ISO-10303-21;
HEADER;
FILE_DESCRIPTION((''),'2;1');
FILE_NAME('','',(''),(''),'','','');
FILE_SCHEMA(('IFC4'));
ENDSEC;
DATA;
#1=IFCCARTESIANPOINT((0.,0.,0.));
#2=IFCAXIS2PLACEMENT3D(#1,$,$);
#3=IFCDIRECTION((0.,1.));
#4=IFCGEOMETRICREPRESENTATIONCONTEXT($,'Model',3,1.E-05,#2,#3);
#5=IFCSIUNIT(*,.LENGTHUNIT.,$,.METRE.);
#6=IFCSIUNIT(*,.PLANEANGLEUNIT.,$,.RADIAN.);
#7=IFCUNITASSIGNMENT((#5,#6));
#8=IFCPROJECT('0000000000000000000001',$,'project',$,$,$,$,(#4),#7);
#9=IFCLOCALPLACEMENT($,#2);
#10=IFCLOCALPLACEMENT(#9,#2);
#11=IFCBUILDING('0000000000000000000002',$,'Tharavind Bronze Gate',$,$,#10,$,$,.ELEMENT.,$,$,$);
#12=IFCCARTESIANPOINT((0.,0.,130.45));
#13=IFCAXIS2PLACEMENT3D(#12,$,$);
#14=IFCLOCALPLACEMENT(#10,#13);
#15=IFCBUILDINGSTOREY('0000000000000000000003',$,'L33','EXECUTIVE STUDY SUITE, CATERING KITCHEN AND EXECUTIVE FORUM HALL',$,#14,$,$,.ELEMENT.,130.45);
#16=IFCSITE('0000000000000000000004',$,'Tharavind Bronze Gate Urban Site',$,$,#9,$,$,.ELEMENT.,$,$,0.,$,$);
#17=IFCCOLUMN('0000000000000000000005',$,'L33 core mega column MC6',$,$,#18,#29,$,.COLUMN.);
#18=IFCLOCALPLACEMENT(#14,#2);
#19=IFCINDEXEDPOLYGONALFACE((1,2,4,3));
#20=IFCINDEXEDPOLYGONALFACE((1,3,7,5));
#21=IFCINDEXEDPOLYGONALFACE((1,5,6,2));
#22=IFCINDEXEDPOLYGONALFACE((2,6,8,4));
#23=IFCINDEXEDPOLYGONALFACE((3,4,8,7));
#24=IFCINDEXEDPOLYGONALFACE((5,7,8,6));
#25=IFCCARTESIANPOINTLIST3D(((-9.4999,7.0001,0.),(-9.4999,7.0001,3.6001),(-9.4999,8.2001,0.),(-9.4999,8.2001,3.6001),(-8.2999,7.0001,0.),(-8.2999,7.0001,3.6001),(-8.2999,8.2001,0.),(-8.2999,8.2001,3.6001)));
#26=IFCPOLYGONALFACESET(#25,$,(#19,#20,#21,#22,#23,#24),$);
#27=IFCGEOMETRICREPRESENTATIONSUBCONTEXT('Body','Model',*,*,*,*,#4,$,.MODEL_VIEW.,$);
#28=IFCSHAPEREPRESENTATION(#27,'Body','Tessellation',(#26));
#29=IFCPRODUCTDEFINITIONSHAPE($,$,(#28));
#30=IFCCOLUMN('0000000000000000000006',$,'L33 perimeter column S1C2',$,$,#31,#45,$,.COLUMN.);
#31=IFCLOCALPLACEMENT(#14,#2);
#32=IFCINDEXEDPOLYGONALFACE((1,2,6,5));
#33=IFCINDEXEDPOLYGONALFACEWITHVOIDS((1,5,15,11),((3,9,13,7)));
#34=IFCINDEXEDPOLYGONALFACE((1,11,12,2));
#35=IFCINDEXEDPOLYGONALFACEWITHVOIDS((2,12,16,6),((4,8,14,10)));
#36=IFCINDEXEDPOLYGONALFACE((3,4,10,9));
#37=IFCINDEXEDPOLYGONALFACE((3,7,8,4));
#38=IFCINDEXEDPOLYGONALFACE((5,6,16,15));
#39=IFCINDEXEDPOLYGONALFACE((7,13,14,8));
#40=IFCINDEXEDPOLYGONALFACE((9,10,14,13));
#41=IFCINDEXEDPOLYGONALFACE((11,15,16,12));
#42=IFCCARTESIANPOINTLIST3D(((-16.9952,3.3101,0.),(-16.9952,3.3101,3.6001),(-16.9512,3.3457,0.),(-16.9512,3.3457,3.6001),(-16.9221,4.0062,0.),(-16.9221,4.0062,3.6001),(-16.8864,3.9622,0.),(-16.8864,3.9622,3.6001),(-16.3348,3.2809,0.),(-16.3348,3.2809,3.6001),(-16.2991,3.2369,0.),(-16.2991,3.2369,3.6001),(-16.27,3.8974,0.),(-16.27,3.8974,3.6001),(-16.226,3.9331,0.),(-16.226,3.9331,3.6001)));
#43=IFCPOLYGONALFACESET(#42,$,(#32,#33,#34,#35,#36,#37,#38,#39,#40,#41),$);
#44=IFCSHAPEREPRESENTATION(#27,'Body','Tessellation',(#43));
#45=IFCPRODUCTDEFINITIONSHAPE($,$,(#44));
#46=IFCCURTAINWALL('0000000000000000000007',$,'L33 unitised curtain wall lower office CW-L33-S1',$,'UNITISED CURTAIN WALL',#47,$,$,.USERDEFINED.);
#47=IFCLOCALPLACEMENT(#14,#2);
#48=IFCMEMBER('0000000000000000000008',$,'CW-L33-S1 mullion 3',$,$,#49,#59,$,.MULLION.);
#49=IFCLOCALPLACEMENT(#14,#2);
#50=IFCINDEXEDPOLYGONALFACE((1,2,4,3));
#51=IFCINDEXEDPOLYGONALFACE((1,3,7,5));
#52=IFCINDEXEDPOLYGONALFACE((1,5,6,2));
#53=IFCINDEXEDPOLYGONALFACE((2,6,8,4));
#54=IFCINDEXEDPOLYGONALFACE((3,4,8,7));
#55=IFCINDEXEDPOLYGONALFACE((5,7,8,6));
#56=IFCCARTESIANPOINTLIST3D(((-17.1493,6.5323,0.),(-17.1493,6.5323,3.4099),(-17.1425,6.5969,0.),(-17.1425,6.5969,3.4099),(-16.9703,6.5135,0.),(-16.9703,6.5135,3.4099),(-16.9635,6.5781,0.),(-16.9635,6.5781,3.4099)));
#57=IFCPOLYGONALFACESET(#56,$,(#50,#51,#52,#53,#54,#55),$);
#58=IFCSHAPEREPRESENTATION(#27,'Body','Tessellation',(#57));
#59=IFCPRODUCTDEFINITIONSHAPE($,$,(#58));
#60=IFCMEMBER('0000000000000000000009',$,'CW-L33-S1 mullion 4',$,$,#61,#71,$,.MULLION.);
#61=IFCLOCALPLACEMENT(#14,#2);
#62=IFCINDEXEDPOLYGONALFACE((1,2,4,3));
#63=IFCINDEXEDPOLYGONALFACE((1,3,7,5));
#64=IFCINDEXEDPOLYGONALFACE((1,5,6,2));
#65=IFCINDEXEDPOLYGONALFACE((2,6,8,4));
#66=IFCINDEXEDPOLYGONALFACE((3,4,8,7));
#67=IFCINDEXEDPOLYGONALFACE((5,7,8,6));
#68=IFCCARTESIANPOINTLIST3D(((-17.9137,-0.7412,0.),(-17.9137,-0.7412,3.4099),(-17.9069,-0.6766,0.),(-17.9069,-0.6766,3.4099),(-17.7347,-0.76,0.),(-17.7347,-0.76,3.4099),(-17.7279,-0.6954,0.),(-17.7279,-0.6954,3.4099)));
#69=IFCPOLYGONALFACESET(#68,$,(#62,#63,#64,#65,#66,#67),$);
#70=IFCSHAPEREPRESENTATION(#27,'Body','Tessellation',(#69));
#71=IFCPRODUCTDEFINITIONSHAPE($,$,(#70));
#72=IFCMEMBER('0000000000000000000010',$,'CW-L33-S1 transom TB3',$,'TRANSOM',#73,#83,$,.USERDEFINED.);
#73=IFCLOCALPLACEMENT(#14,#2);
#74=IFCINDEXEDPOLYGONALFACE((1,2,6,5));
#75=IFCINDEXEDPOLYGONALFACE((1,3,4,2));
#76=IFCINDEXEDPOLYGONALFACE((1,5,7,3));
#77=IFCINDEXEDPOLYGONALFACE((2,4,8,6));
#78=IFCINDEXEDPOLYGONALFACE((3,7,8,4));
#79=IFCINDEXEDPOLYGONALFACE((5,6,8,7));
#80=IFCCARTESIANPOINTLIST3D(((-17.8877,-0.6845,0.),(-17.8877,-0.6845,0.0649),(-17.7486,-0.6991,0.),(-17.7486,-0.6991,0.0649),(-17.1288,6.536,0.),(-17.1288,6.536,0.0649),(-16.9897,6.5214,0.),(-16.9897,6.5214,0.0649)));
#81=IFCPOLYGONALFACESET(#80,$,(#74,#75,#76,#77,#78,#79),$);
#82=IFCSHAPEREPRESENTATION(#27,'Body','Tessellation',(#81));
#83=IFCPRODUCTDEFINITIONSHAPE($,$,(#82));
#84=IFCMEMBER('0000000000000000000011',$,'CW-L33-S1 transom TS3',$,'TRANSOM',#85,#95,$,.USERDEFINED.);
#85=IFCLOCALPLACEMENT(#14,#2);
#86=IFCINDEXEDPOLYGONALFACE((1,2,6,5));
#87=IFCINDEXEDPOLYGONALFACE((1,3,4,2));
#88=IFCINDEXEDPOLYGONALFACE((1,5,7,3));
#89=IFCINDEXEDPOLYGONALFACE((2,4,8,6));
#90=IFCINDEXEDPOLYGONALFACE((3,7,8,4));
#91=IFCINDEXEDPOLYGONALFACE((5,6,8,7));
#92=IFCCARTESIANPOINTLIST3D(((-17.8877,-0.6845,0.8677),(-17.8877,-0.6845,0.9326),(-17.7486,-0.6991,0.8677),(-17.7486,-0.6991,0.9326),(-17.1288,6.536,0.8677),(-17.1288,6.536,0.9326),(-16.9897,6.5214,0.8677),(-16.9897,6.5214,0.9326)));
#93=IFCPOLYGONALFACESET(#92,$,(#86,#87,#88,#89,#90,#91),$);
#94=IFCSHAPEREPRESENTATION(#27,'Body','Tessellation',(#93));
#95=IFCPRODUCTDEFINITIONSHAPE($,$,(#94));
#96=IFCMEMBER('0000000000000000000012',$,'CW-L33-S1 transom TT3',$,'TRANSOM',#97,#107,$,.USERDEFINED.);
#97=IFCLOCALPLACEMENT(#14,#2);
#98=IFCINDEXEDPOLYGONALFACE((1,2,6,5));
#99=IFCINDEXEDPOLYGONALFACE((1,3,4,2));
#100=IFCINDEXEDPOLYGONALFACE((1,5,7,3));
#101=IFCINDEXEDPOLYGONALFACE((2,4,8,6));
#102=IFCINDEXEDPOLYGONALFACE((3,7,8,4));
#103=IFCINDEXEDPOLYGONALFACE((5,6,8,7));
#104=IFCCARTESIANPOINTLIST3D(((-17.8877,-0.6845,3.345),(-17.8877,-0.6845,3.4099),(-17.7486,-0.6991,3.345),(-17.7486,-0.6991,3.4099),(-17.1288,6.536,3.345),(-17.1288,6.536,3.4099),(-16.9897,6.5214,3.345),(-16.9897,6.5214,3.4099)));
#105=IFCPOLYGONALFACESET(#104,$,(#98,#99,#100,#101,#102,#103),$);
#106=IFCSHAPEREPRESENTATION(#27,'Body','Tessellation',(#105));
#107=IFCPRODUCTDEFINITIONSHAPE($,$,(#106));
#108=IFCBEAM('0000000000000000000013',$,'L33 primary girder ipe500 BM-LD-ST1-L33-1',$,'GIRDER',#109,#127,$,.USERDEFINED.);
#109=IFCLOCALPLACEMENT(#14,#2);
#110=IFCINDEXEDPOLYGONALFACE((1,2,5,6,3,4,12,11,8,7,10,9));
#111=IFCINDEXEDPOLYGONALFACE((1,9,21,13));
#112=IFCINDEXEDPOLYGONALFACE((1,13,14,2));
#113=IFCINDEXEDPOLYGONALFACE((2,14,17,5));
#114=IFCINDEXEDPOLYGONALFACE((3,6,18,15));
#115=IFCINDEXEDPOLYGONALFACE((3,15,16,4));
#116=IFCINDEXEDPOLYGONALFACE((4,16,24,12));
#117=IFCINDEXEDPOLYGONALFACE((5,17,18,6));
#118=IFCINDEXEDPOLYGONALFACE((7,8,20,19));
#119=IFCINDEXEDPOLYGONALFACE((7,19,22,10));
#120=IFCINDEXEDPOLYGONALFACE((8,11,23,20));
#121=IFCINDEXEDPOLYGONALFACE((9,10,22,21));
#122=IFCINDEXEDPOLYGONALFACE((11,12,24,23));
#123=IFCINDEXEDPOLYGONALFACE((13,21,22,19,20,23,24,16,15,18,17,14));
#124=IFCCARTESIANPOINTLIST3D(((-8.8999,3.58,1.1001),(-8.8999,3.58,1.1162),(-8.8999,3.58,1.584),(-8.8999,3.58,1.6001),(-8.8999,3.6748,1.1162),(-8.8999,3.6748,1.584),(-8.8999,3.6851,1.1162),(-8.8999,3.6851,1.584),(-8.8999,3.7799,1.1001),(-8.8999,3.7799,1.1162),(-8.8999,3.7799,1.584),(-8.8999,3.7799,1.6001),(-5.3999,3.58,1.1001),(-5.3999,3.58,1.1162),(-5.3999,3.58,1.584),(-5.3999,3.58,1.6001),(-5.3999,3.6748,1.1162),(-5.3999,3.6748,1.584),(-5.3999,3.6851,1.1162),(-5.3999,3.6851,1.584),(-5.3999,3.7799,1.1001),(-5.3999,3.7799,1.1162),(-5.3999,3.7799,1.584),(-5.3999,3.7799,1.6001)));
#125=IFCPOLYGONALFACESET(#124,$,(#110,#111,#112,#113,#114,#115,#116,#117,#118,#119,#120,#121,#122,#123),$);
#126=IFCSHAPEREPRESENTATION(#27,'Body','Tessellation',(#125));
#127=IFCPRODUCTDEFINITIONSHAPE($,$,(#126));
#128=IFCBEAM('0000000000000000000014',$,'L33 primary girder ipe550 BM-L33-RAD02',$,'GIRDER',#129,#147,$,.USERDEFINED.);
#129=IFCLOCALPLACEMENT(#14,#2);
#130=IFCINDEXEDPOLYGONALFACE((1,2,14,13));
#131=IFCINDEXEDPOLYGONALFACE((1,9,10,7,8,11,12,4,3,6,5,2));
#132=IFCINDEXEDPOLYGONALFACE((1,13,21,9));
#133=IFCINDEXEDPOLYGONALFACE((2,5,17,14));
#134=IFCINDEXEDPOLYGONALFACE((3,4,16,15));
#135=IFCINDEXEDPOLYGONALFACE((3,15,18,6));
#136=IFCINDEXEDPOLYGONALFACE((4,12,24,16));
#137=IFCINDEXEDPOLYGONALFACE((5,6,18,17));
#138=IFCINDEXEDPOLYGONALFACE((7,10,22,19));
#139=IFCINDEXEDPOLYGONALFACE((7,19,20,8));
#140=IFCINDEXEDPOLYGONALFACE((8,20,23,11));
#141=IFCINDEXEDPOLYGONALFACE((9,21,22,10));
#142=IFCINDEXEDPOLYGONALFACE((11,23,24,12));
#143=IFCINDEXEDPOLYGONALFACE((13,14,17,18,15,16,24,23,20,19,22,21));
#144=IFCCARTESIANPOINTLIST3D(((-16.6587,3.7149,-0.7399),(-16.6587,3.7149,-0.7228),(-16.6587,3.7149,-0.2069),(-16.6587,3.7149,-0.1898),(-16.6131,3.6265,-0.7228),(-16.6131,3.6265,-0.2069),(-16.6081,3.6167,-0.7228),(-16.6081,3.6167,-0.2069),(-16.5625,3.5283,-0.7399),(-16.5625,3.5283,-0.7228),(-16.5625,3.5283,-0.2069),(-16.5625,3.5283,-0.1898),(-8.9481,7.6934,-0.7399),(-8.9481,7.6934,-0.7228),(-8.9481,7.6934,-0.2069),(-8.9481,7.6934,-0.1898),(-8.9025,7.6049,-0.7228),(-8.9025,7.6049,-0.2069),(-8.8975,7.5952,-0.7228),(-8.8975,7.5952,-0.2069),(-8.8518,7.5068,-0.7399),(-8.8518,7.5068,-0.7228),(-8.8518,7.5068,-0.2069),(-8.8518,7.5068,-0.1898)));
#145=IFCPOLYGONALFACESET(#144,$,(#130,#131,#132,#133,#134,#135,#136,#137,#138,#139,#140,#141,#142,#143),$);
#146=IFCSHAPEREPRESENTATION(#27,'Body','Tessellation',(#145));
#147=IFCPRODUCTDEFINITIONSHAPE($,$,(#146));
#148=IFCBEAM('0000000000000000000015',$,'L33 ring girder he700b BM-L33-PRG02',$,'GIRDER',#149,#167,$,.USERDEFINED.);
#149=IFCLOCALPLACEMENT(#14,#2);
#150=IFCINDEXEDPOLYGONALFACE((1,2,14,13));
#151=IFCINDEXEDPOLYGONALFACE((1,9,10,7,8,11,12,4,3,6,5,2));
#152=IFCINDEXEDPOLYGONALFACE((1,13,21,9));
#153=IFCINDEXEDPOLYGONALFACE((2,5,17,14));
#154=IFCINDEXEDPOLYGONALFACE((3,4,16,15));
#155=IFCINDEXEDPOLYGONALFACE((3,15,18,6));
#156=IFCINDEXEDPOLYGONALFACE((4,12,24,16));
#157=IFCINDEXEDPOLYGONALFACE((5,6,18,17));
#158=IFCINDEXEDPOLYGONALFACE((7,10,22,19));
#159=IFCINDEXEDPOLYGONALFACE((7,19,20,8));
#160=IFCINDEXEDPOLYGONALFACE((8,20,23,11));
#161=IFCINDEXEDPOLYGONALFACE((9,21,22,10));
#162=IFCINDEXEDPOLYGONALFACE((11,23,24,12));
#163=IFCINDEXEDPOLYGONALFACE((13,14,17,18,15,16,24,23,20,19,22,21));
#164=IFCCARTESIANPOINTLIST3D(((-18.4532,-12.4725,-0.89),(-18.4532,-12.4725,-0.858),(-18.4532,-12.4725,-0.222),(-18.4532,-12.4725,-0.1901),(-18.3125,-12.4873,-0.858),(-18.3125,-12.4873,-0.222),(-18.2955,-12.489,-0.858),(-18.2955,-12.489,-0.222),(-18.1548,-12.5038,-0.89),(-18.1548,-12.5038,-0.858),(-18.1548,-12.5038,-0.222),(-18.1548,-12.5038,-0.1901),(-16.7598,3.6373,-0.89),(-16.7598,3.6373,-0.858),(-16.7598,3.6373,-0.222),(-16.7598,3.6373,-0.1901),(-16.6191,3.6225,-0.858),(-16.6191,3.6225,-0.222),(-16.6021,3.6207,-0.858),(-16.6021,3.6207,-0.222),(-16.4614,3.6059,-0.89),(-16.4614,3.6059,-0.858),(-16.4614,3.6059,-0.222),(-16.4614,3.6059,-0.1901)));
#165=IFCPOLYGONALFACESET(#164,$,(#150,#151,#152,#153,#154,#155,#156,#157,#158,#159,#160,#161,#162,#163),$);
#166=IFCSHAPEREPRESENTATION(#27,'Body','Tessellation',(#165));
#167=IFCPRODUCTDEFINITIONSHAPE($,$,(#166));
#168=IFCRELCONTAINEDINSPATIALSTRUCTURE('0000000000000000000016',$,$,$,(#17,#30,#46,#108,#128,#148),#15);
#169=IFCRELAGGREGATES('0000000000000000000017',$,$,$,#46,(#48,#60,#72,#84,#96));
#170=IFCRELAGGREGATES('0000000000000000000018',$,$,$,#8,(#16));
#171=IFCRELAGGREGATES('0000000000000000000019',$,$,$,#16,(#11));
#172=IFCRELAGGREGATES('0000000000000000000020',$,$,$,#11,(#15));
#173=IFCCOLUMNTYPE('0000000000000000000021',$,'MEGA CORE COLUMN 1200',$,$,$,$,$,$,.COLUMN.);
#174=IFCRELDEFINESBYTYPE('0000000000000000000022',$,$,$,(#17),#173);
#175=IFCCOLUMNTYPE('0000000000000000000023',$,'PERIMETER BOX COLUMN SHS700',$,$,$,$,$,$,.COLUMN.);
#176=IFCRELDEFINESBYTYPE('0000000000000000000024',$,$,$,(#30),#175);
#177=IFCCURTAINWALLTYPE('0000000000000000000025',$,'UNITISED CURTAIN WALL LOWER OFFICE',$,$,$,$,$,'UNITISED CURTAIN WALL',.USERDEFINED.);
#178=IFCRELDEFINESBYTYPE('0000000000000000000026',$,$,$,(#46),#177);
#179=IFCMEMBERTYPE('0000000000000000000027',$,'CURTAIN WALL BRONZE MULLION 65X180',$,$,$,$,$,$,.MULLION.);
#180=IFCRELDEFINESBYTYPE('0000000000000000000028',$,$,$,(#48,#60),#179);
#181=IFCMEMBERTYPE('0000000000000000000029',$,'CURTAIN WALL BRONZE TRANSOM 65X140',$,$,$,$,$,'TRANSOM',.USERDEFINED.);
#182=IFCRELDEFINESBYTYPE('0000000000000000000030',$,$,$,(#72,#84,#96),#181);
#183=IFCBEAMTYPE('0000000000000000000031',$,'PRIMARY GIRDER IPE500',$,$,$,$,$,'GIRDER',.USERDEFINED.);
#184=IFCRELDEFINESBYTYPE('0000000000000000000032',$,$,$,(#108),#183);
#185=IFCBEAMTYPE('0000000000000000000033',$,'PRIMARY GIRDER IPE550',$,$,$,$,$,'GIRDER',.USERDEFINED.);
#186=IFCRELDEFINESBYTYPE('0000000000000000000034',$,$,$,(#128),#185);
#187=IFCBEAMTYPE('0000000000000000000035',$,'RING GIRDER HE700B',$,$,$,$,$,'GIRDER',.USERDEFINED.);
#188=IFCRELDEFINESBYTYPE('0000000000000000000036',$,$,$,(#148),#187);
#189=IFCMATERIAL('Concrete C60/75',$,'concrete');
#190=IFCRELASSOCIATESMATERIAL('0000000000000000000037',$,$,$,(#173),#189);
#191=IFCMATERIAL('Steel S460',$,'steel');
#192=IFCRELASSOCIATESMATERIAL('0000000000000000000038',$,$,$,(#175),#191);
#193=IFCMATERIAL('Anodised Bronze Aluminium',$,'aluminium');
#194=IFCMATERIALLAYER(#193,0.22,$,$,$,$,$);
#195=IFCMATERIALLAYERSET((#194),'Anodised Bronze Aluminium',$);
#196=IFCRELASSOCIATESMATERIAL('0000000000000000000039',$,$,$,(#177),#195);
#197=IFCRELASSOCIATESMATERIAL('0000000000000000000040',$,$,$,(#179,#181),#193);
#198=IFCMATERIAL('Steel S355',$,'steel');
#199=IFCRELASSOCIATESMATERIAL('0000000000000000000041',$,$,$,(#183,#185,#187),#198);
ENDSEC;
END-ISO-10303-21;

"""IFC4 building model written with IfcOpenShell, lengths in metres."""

from ifc_helpers import new_model, si_unit, direction, frame, origin, origin_2d, place, context, subcontext, project, spatial, rectangle, hollow_rectangle, i_section, extrude, material, layer, layer_set, material_profile, profile_set, type_object, element, aggregate, save


model = new_model("IFC4")

# Units and contexts
model_context = context("Model", 3, precision=1e-05, world=origin(), true_north=direction((0.0, 1.0)))
body_context = subcontext(model_context, "Body", "Model", "MODEL_VIEW")
ifc_project = project(units=[si_unit("LENGTHUNIT", "METRE"), si_unit("PLANEANGLEUNIT", "RADIAN")], contexts=[model_context])

# Site, building, storey
site_placement = place(None, origin())
site = spatial("IfcSite", under=ifc_project, at=site_placement, Name="Tharavind Bronze Gate Urban Site", CompositionType="ELEMENT", RefElevation=0.0)
building_placement = place(site_placement, origin())
building = spatial("IfcBuilding", under=site, at=building_placement, Name="Tharavind Bronze Gate", CompositionType="ELEMENT")
storey_placement = place(building_placement, frame((0.0, 0.0, 130.45)))
storey = spatial("IfcBuildingStorey", under=building, at=storey_placement, Name="L33", Description="EXECUTIVE STUDY SUITE, CATERING KITCHEN AND EXECUTIVE FORUM HALL", CompositionType="ELEMENT", Elevation=130.45)

# Columns
ifc_material_1 = material(Name="Concrete C60/75", Category="concrete")
ifc_material_profile_1 = material_profile(ifc_material_1, rectangle(XDim=1.2, YDim=1.2, at=origin_2d()), Name="RCCOL1200")
ifc_profile_set_1 = profile_set([ifc_material_profile_1], Name="Concrete C60/75")
column_type_1 = type_object("IfcColumnType", Name="MEGA CORE COLUMN 1200", PredefinedType="COLUMN", material=ifc_profile_set_1)
column_1_placement = place(storey_placement, frame((-8.8999, 7.6001, 0.0), z_axis=(0.0, 0.0, 1.0), x_axis=(1.0, 0.0, 0.0)))
element("IfcColumn", 1, at=column_1_placement, inside=storey, type_object=column_type_1, Name="L33 core mega column MC6", PredefinedType="COLUMN", context=body_context, shape_type="SweptSolid", body=[
    extrude(rectangle(XDim=1.2, YDim=1.2, at=origin_2d()), origin(), (0.0, 0.0, 1.0), 3.6001),
])
ifc_material_2 = material(Name="Steel S460", Category="steel")
ifc_material_profile_2 = material_profile(ifc_material_2, hollow_rectangle(XDim=0.7, YDim=0.7, WallThickness=0.04, at=origin_2d()), Name="SHS700X40")
ifc_profile_set_2 = profile_set([ifc_material_profile_2], Name="Steel S460")
column_type_2 = type_object("IfcColumnType", Name="PERIMETER BOX COLUMN SHS700", PredefinedType="COLUMN", material=ifc_profile_set_2)
column_2_placement = place(storey_placement, frame((-16.6106, 3.6216, 0.0), z_axis=(0.0, 0.0, 1.0), x_axis=(0.10453, 0.994522, 0.0)))
element("IfcColumn", 2, at=column_2_placement, inside=storey, type_object=column_type_2, Name="L33 perimeter column S1C2", PredefinedType="COLUMN", context=body_context, shape_type="SweptSolid", body=[
    extrude(hollow_rectangle(XDim=0.7, YDim=0.7, WallThickness=0.04, at=origin_2d()), origin(), (0.0, 0.0, 1.0), 3.6001),
])

# Curtain wall, members
ifc_material_3 = material(Name="Anodised Bronze Aluminium", Category="aluminium")
ifc_layer_1 = layer(ifc_material_3, 0.22)
ifc_layer_set_1 = layer_set([ifc_layer_1], Name="Anodised Bronze Aluminium")
curtain_wall_type = type_object("IfcCurtainWallType", Name="UNITISED CURTAIN WALL LOWER OFFICE", ElementType="UNITISED CURTAIN WALL", PredefinedType="USERDEFINED", material=ifc_layer_set_1)
curtain_wall_placement = place(storey_placement, origin())
curtain_wall = element("IfcCurtainWall", 3, at=curtain_wall_placement, inside=storey, type_object=curtain_wall_type, Name="L33 unitised curtain wall lower office CW-L33-S1", ObjectType="UNITISED CURTAIN WALL", PredefinedType="USERDEFINED")
member_type_1 = type_object("IfcMemberType", Name="CURTAIN WALL BRONZE MULLION 65X180", PredefinedType="MULLION", material=ifc_material_3)
member_1_placement = place(storey_placement, frame((-17.0564, 6.5552, 0.0), z_axis=(0.0, 0.0, 1.0), x_axis=(-0.104527, -0.994522, 0.0)))
member_1 = element("IfcMember", 4, at=member_1_placement, type_object=member_type_1, Name="CW-L33-S1 mullion 3", PredefinedType="MULLION", context=body_context, shape_type="SweptSolid", body=[
    extrude(rectangle(XDim=0.0649, YDim=0.1799, at=origin_2d()), origin(), (0.0, 0.0, 1.0), 3.4099),
])
member_2_placement = place(storey_placement, frame((-17.8208, -0.7183, 0.0), z_axis=(0.0, 0.0, 1.0), x_axis=(-0.104527, -0.994522, 0.0)))
member_2 = element("IfcMember", 5, at=member_2_placement, type_object=member_type_1, Name="CW-L33-S1 mullion 4", PredefinedType="MULLION", context=body_context, shape_type="SweptSolid", body=[
    extrude(rectangle(XDim=0.0649, YDim=0.1799, at=origin_2d()), origin(), (0.0, 0.0, 1.0), 3.4099),
])
member_type_2 = type_object("IfcMemberType", Name="CURTAIN WALL BRONZE TRANSOM 65X140", ElementType="TRANSOM", PredefinedType="USERDEFINED", material=ifc_material_3)
member_3_placement = place(storey_placement, frame((-17.4387, 2.9185, 0.0), z_axis=(0.0, 0.0, 1.0), x_axis=(-0.104527, -0.994522, 0.0)))
member_3 = element("IfcMember", 6, at=member_3_placement, type_object=member_type_2, Name="CW-L33-S1 transom TB3", ObjectType="TRANSOM", PredefinedType="USERDEFINED", context=body_context, shape_type="SweptSolid", body=[
    extrude(rectangle(XDim=7.2603, YDim=0.1399, at=origin_2d()), origin(), (0.0, 0.0, 1.0), 0.0649),
])
member_4_placement = place(storey_placement, frame((-17.4387, 2.9185, 0.8677), z_axis=(0.0, 0.0, 1.0), x_axis=(-0.104527, -0.994522, 0.0)))
member_4 = element("IfcMember", 7, at=member_4_placement, type_object=member_type_2, Name="CW-L33-S1 transom TS3", ObjectType="TRANSOM", PredefinedType="USERDEFINED", context=body_context, shape_type="SweptSolid", body=[
    extrude(rectangle(XDim=7.2603, YDim=0.1399, at=origin_2d()), origin(), (0.0, 0.0, 1.0), 0.0649),
])
member_5_placement = place(storey_placement, frame((-17.4387, 2.9185, 3.345), z_axis=(0.0, 0.0, 1.0), x_axis=(-0.104527, -0.994522, 0.0)))
member_5 = element("IfcMember", 8, at=member_5_placement, type_object=member_type_2, Name="CW-L33-S1 transom TT3", ObjectType="TRANSOM", PredefinedType="USERDEFINED", context=body_context, shape_type="SweptSolid", body=[
    extrude(rectangle(XDim=7.2603, YDim=0.1399, at=origin_2d()), origin(), (0.0, 0.0, 1.0), 0.0649),
])

# Beams
ifc_material_4 = material(Name="Steel S355", Category="steel")
ifc_material_profile_3 = material_profile(ifc_material_4, i_section(OverallWidth=0.2, OverallDepth=0.5, WebThickness=0.0103, FlangeThickness=0.0161, at=origin_2d()), Name="IPE500")
ifc_profile_set_3 = profile_set([ifc_material_profile_3], Name="Steel S355")
beam_type_1 = type_object("IfcBeamType", Name="PRIMARY GIRDER IPE500", ElementType="GIRDER", PredefinedType="USERDEFINED", material=ifc_profile_set_3)
beam_1_placement = place(storey_placement, frame((-8.8999, 3.6799, 1.3501), z_axis=(1.0, 0.0, 0.0), x_axis=(0.0, 1.0, 0.0)))
element("IfcBeam", 9, at=beam_1_placement, inside=storey, type_object=beam_type_1, Name="L33 primary girder ipe500 BM-LD-ST1-L33-1", ObjectType="GIRDER", PredefinedType="USERDEFINED", context=body_context, shape_type="SweptSolid", body=[
    extrude(i_section(OverallWidth=0.2, OverallDepth=0.5, WebThickness=0.0103, FlangeThickness=0.0161, at=origin_2d()), origin(), (0.0, 0.0, 1.0), 3.5),
])
ifc_material_profile_4 = material_profile(ifc_material_4, i_section(OverallWidth=0.21, OverallDepth=0.55, WebThickness=0.011, FlangeThickness=0.0171, at=origin_2d()), Name="IPE550")
ifc_profile_set_4 = profile_set([ifc_material_profile_4], Name="Steel S355")
beam_type_2 = type_object("IfcBeamType", Name="PRIMARY GIRDER IPE550", ElementType="GIRDER", PredefinedType="USERDEFINED", material=ifc_profile_set_4)
beam_2_placement = place(storey_placement, frame((-16.6106, 3.6216, -0.4648), z_axis=(0.888677, 0.458534, 0.0), x_axis=(-0.458534, 0.888677, 0.0)))
element("IfcBeam", 10, at=beam_2_placement, inside=storey, type_object=beam_type_2, Name="L33 primary girder ipe550 BM-L33-RAD02", ObjectType="GIRDER", PredefinedType="USERDEFINED", context=body_context, shape_type="SweptSolid", body=[
    extrude(i_section(OverallWidth=0.21, OverallDepth=0.55, WebThickness=0.011, FlangeThickness=0.0171, at=origin_2d()), origin(), (0.0, 0.0, 1.0), 8.6765),
])
ifc_material_profile_5 = material_profile(ifc_material_4, i_section(OverallWidth=0.3, OverallDepth=0.7, WebThickness=0.0171, FlangeThickness=0.032, at=origin_2d()), Name="HE700B")
ifc_profile_set_5 = profile_set([ifc_material_profile_5], Name="Steel S355")
beam_type_3 = type_object("IfcBeamType", Name="RING GIRDER HE700B", ElementType="GIRDER", PredefinedType="USERDEFINED", material=ifc_profile_set_5)
beam_3_placement = place(storey_placement, frame((-16.6106, 3.6216, -0.54), z_axis=(-0.104539, -0.994521, 0.0), x_axis=(0.994521, -0.104539, 0.0)))
element("IfcBeam", 11, at=beam_3_placement, inside=storey, type_object=beam_type_3, Name="L33 ring girder he700b BM-L33-PRG02", ObjectType="GIRDER", PredefinedType="USERDEFINED", context=body_context, shape_type="SweptSolid", body=[
    extrude(i_section(OverallWidth=0.3, OverallDepth=0.7, WebThickness=0.0171, FlangeThickness=0.032, at=origin_2d()), origin(), (0.0, 0.0, 1.0), 16.1985),
])

aggregate(curtain_wall, [member_1, member_2, member_3, member_4, member_5])

save(model, "model.ifc")
